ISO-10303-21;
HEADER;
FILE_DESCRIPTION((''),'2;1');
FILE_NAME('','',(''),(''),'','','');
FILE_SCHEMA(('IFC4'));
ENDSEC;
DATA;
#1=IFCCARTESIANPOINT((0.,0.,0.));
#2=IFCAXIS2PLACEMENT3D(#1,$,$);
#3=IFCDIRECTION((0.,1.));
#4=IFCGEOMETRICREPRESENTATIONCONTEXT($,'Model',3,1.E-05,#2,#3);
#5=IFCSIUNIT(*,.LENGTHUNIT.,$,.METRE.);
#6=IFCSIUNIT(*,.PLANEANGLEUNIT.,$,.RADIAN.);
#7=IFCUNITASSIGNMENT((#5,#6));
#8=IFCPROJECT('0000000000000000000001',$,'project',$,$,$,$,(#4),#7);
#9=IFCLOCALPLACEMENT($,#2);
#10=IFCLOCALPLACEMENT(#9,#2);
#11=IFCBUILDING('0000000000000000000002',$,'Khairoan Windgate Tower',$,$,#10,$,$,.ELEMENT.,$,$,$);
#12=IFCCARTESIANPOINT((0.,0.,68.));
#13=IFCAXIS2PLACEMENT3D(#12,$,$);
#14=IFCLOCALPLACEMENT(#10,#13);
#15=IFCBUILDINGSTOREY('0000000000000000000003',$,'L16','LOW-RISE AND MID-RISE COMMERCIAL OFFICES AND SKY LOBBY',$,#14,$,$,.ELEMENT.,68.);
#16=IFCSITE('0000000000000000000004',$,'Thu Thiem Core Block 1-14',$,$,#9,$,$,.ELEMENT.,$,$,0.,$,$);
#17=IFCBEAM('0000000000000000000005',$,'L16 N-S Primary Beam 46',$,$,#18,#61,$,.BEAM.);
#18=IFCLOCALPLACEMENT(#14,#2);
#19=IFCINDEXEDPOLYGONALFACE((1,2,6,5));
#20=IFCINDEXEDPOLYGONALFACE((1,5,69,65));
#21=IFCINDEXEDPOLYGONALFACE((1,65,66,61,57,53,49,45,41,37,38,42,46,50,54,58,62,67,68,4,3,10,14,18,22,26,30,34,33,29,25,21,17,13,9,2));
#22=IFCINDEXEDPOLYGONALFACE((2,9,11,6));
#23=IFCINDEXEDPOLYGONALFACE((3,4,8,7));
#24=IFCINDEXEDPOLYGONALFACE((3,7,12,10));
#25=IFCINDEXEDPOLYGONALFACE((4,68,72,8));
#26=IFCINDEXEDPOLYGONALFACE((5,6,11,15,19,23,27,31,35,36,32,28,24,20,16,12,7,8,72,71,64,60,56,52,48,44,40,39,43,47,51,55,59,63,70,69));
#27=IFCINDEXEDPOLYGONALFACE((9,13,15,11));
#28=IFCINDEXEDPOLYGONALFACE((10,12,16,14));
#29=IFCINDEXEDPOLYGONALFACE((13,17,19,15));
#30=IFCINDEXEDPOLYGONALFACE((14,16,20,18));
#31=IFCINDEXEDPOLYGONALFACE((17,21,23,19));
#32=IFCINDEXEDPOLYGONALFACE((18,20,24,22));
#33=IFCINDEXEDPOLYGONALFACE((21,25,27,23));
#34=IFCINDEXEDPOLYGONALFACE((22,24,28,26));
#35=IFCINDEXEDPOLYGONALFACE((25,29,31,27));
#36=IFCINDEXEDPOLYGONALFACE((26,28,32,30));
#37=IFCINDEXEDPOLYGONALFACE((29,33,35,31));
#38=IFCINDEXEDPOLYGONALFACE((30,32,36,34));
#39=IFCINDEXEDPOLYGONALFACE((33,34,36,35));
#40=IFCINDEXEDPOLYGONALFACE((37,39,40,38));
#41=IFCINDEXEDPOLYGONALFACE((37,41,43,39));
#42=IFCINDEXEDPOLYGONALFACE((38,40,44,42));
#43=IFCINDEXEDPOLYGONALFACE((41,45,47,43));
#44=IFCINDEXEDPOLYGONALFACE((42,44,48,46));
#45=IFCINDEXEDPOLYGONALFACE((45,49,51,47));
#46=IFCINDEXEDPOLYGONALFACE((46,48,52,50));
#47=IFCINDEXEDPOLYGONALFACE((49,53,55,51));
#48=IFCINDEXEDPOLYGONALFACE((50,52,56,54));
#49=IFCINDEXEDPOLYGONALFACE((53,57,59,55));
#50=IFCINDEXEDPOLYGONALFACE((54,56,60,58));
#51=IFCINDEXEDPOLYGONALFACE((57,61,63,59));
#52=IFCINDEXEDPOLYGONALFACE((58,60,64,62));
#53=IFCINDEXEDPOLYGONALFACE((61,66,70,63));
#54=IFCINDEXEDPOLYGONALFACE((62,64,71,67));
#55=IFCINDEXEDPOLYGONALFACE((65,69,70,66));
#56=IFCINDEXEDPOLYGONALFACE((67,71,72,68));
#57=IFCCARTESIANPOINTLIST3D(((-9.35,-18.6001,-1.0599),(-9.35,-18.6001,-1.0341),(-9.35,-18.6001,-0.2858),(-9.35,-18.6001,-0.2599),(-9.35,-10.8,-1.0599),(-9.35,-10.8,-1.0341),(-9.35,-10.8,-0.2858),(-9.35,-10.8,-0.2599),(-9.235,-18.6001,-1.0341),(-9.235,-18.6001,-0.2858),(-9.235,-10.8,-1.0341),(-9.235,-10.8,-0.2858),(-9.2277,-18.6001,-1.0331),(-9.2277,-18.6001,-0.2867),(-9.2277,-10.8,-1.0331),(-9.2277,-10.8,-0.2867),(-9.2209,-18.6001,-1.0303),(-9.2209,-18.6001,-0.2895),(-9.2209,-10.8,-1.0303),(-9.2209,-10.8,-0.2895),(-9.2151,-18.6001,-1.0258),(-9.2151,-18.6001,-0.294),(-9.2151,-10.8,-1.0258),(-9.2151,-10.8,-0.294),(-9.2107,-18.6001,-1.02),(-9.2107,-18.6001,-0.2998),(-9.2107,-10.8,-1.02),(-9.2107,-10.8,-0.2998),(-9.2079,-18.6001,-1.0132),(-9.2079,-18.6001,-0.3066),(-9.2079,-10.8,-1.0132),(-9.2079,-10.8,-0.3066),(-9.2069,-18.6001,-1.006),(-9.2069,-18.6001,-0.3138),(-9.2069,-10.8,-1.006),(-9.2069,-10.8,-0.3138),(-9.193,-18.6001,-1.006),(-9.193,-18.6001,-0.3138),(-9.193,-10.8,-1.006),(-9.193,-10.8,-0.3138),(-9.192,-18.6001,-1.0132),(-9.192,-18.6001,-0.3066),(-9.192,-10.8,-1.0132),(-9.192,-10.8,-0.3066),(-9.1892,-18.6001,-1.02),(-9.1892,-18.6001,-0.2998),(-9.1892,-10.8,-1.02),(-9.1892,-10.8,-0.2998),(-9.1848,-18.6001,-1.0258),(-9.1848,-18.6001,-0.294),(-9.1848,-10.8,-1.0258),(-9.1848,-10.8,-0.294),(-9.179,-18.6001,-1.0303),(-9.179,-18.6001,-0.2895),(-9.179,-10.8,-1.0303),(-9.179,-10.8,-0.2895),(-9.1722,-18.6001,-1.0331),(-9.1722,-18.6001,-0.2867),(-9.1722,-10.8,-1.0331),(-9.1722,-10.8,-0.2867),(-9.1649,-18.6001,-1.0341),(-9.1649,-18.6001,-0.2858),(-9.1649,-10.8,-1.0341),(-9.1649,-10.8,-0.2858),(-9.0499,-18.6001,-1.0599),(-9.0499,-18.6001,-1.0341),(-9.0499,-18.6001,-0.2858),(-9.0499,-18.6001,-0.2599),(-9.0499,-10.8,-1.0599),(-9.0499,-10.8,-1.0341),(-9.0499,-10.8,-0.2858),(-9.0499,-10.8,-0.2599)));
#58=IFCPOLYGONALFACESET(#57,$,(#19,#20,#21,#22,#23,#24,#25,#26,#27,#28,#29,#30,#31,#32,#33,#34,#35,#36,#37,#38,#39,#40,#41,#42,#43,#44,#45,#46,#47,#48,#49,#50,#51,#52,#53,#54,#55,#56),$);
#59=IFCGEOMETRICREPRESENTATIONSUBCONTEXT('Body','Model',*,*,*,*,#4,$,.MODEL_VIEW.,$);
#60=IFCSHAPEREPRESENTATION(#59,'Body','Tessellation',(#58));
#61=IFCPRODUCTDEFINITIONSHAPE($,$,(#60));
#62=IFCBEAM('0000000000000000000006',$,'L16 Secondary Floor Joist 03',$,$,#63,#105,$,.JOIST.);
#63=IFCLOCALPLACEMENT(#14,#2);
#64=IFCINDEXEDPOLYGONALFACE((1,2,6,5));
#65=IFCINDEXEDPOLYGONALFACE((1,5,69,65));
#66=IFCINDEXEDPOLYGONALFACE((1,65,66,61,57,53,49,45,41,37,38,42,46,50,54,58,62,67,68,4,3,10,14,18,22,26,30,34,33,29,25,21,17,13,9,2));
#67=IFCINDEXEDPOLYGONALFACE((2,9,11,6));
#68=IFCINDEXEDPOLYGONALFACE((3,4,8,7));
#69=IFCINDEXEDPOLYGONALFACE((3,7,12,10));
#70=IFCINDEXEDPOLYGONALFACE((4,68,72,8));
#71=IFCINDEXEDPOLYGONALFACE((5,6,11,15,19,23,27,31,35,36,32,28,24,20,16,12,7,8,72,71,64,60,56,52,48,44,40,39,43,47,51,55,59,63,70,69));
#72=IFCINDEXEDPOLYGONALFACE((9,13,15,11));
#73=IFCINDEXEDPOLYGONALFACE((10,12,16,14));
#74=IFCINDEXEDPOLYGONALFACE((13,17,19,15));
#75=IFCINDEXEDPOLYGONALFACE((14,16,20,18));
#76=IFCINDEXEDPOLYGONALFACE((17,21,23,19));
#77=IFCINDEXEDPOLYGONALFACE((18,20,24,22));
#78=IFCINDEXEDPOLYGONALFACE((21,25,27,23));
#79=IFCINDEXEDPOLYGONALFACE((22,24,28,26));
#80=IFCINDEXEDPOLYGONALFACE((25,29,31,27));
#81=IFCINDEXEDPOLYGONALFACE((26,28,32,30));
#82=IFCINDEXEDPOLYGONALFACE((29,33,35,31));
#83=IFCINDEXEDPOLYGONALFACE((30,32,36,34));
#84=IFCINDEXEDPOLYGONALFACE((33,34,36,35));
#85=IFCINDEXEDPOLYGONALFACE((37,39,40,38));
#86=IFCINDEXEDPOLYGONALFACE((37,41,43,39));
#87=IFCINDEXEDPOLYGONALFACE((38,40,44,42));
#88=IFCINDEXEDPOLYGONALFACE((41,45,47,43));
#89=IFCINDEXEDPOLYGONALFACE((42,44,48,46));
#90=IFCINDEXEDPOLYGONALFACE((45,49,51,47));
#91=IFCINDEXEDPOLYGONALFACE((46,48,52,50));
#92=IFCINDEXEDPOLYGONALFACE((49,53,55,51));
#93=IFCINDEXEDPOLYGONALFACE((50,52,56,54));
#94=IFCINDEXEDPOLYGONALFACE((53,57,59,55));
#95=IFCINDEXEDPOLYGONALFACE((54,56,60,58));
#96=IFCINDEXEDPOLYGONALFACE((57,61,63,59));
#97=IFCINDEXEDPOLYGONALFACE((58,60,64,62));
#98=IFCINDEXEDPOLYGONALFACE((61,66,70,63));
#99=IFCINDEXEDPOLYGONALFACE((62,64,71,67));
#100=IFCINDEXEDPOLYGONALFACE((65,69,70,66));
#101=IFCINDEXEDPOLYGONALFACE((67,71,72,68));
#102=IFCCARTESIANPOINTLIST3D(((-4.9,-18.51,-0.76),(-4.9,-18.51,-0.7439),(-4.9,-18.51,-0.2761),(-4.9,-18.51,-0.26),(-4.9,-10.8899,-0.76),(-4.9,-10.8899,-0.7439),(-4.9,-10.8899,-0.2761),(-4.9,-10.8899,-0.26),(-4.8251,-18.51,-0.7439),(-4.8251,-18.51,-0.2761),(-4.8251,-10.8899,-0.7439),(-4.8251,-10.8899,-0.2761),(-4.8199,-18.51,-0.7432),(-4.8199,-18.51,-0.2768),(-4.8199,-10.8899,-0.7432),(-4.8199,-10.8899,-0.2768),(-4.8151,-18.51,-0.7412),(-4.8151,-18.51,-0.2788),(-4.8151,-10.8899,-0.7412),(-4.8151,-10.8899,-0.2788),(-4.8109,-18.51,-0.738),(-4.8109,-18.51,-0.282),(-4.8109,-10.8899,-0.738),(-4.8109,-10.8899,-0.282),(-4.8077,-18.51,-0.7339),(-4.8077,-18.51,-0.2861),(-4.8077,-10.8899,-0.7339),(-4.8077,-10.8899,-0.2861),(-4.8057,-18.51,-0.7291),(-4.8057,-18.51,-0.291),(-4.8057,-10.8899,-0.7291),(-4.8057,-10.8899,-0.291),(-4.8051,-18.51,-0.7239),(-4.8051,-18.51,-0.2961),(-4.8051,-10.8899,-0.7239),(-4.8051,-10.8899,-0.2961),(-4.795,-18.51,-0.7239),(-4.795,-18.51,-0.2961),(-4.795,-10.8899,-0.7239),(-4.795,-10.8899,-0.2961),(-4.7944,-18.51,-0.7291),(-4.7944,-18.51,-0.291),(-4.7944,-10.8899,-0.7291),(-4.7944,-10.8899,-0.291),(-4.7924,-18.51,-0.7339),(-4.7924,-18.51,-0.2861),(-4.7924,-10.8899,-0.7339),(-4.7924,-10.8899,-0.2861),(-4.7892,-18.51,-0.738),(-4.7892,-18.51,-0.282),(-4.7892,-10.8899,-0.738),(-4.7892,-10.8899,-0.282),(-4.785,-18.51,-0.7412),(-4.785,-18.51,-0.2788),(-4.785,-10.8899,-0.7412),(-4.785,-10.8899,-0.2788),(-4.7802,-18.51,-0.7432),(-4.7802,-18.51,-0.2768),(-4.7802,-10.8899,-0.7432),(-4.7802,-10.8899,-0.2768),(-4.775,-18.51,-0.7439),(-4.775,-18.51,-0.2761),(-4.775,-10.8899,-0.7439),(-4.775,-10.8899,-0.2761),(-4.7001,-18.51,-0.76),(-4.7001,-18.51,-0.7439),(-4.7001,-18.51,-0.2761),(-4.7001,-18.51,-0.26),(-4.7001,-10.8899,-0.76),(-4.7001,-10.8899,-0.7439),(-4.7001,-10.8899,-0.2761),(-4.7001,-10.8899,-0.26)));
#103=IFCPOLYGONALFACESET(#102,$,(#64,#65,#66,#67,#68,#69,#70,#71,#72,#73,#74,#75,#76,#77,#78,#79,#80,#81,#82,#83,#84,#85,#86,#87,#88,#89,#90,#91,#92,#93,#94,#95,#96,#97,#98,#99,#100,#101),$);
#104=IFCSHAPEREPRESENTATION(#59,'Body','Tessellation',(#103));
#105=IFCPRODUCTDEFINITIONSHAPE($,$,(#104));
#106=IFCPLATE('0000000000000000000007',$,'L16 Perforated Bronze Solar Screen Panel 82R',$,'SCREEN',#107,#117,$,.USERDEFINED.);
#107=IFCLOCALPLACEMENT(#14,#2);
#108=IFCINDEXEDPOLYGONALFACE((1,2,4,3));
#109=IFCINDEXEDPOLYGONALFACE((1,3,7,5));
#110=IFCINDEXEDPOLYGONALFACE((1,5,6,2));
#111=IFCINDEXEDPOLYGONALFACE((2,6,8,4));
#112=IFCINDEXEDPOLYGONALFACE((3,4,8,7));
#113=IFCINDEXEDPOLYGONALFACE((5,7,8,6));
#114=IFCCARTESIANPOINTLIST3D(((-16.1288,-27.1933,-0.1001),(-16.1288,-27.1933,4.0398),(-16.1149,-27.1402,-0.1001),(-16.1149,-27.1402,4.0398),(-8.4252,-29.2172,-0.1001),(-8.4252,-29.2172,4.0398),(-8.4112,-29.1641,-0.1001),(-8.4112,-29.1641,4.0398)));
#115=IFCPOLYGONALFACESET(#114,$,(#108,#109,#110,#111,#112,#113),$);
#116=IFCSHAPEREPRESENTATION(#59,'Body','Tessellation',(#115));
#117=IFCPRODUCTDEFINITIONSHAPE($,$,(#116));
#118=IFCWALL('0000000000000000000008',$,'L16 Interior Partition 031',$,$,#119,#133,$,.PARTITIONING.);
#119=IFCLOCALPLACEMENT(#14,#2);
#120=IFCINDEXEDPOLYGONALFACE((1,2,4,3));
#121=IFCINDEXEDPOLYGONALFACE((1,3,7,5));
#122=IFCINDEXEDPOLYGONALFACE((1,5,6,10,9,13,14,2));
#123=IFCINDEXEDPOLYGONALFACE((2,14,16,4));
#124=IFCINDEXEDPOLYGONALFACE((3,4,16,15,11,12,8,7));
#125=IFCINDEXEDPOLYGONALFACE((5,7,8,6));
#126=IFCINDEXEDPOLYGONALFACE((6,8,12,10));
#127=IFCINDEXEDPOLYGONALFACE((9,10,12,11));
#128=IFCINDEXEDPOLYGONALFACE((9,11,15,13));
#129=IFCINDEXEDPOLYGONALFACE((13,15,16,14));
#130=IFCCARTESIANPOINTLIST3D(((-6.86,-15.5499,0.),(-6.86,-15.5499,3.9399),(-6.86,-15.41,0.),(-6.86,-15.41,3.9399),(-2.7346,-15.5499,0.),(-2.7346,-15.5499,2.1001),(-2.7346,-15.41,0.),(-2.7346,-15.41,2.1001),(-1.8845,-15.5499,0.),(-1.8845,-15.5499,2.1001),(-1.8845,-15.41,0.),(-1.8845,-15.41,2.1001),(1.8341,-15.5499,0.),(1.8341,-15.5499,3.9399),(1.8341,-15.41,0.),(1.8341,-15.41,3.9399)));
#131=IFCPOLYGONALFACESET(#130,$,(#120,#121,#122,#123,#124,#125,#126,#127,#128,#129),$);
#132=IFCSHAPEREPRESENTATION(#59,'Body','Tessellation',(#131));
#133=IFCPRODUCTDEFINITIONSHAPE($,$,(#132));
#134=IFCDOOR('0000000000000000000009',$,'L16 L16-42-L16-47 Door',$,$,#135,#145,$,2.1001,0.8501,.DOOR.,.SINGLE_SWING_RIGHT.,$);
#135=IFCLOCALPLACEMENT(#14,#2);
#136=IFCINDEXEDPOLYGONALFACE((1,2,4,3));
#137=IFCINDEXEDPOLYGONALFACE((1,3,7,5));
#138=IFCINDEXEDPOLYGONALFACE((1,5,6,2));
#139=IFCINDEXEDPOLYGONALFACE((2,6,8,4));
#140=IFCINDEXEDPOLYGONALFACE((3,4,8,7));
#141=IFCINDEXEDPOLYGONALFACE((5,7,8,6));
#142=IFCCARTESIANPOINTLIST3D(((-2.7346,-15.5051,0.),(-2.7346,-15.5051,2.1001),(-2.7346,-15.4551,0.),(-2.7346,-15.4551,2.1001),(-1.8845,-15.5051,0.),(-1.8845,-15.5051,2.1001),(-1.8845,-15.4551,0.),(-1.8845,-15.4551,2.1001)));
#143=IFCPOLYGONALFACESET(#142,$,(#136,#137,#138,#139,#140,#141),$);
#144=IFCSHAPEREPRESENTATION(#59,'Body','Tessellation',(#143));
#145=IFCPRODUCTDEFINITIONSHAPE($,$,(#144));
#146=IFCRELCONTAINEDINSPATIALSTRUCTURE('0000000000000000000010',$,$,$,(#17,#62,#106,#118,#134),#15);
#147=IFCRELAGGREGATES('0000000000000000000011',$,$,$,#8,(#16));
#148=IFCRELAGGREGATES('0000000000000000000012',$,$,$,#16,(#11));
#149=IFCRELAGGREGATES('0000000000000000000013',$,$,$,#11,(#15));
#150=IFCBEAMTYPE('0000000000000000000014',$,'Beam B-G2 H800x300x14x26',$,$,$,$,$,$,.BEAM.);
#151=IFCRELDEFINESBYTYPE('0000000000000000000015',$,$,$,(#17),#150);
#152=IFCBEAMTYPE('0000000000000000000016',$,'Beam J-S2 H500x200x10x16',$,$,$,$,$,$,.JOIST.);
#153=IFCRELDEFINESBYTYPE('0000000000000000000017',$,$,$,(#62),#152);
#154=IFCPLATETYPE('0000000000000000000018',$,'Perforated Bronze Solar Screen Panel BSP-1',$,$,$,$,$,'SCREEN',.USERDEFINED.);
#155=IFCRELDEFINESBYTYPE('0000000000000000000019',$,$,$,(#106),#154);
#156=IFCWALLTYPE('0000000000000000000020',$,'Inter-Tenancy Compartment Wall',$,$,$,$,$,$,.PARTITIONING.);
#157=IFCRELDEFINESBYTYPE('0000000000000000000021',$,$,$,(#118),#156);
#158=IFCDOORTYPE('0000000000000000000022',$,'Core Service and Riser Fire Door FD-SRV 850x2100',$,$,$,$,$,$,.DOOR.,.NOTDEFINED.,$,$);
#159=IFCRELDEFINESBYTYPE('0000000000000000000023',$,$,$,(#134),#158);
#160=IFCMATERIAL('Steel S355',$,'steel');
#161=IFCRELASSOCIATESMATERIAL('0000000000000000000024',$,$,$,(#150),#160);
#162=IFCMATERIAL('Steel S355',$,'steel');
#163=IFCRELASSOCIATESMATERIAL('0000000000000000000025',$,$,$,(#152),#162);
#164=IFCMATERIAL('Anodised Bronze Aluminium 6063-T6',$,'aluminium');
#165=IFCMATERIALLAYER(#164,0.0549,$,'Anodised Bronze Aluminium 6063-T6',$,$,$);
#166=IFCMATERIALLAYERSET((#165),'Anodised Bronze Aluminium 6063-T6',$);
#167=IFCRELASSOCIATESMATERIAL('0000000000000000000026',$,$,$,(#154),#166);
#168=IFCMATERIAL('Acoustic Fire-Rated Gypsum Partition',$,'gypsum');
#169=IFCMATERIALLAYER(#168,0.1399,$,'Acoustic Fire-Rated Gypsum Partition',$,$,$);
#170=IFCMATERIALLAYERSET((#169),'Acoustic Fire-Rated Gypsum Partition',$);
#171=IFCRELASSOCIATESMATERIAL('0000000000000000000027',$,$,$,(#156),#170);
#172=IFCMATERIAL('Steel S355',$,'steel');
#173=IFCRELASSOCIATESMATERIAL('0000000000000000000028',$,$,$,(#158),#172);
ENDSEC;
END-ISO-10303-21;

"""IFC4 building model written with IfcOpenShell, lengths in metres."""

from ifc_helpers import new_model, si_unit, direction, frame, frame_2d, origin, origin_2d, place, context, subcontext, project, spatial, rectangle, i_section, extrude, material, layer, layer_set, material_profile, profile_set, type_object, element, fill, save


model = new_model("IFC4")

# Units and contexts
model_context = context("Model", 3, precision=1e-05, world=origin(), true_north=direction((0.0, 1.0)))
body_context = subcontext(model_context, "Body", "Model", "MODEL_VIEW")
ifc_project = project(units=[si_unit("LENGTHUNIT", "METRE"), si_unit("PLANEANGLEUNIT", "RADIAN")], contexts=[model_context])

# Site, building, storey
site_placement = place(None, origin())
site = spatial("IfcSite", under=ifc_project, at=site_placement, Name="Thu Thiem Core Block 1-14", CompositionType="ELEMENT", RefElevation=0.0)
building_placement = place(site_placement, origin())
building = spatial("IfcBuilding", under=site, at=building_placement, Name="Khairoan Windgate Tower", CompositionType="ELEMENT")
storey_placement = place(building_placement, frame((0.0, 0.0, 68.0)))
storey = spatial("IfcBuildingStorey", under=building, at=storey_placement, Name="L16", Description="LOW-RISE AND MID-RISE COMMERCIAL OFFICES AND SKY LOBBY", CompositionType="ELEMENT", Elevation=68.0)

# Beams
ifc_material_1 = material(Name="Steel S355", Category="steel")
ifc_material_profile_1 = material_profile(ifc_material_1, i_section(OverallWidth=0.3, OverallDepth=0.8, WebThickness=0.0139, FlangeThickness=0.0259, FilletRadius=0.0281, at=origin_2d()))
ifc_profile_set_1 = profile_set([ifc_material_profile_1], Name="Steel S355")
beam_type_1 = type_object("IfcBeamType", Name="Beam B-G2 H800x300x14x26", PredefinedType="BEAM", material=ifc_profile_set_1)
beam_1_placement = place(storey_placement, frame((-9.2, -18.6001, -0.6599), z_axis=(0.0, 1.0, 0.0), x_axis=(-1.0, 0.0, 0.0)))
element("IfcBeam", 1, at=beam_1_placement, inside=storey, type_object=beam_type_1, Name="L16 N-S Primary Beam 46", PredefinedType="BEAM", context=body_context, shape_type="SweptSolid", body=[
    extrude(i_section(OverallWidth=0.3, OverallDepth=0.8, WebThickness=0.0139, FlangeThickness=0.0259, FilletRadius=0.0281, at=origin_2d()), origin(), (0.0, 0.0, 1.0), 7.8),
])
ifc_material_2 = material(Name="Steel S355", Category="steel")
ifc_material_profile_2 = material_profile(ifc_material_2, i_section(OverallWidth=0.2, OverallDepth=0.5, WebThickness=0.01, FlangeThickness=0.0161, FilletRadius=0.02, at=origin_2d()))
ifc_profile_set_2 = profile_set([ifc_material_profile_2], Name="Steel S355")
beam_type_2 = type_object("IfcBeamType", Name="Beam J-S2 H500x200x10x16", PredefinedType="JOIST", material=ifc_profile_set_2)
beam_2_placement = place(storey_placement, frame((-4.8, -18.51, -0.51), z_axis=(0.0, 1.0, 0.0), x_axis=(-1.0, 0.0, 0.0)))
element("IfcBeam", 2, at=beam_2_placement, inside=storey, type_object=beam_type_2, Name="L16 Secondary Floor Joist 03", PredefinedType="JOIST", context=body_context, shape_type="SweptSolid", body=[
    extrude(i_section(OverallWidth=0.2, OverallDepth=0.5, WebThickness=0.01, FlangeThickness=0.0161, FilletRadius=0.02, at=origin_2d()), origin(), (0.0, 0.0, 1.0), 7.6201),
])

# Plate
ifc_material_3 = material(Name="Anodised Bronze Aluminium 6063-T6", Category="aluminium")
ifc_layer_1 = layer(ifc_material_3, 0.0549, Name="Anodised Bronze Aluminium 6063-T6")
ifc_layer_set_1 = layer_set([ifc_layer_1], Name="Anodised Bronze Aluminium 6063-T6")
plate_type = type_object("IfcPlateType", Name="Perforated Bronze Solar Screen Panel BSP-1", ElementType="SCREEN", PredefinedType="USERDEFINED", material=ifc_layer_set_1)
plate_placement = place(storey_placement, frame((-12.27, -28.1787, -0.1001), z_axis=(0.0, 0.0, 1.0), x_axis=(-0.967179, 0.254096, 0.0)))
element("IfcPlate", 3, at=plate_placement, inside=storey, type_object=plate_type, Name="L16 Perforated Bronze Solar Screen Panel 82R", ObjectType="SCREEN", PredefinedType="USERDEFINED", context=body_context, shape_type="SweptSolid", body=[
    extrude(rectangle(XDim=7.9651, YDim=0.0549, at=origin_2d()), origin(), (0.0, 0.0, 1.0), 4.1399),
])

# Wall, opening, door
ifc_material_4 = material(Name="Acoustic Fire-Rated Gypsum Partition", Category="gypsum")
ifc_layer_2 = layer(ifc_material_4, 0.1399, Name="Acoustic Fire-Rated Gypsum Partition")
ifc_layer_set_2 = layer_set([ifc_layer_2], Name="Acoustic Fire-Rated Gypsum Partition")
wall_type_1 = type_object("IfcWallType", Name="Inter-Tenancy Compartment Wall", PredefinedType="PARTITIONING", material=ifc_layer_set_2)
wall_1_placement = place(storey_placement, frame((-6.8601, -15.48, 0.0), z_axis=(0.0, 0.0, 1.0), x_axis=(1.0, 0.0, 0.0)))
wall_1 = element("IfcWall", 4, at=wall_1_placement, inside=storey, type_object=wall_type_1, Name="L16 Interior Partition 031", PredefinedType="PARTITIONING", context=body_context, shape_type="SweptSolid", body=[
    extrude(rectangle(XDim=8.6941, YDim=0.1399, at=frame_2d((4.3472, 0.0))), origin(), (0.0, 0.0, 1.0), 3.9399),
])
opening_1_placement = place(wall_1_placement, frame((4.1255, 0.0, 0.0)))
opening_1 = element("IfcOpeningElement", 5, at=opening_1_placement, cuts=wall_1, PredefinedType="OPENING", context=body_context, shape_type="SweptSolid", body=[
    extrude(rectangle(XDim=0.8501, YDim=2.1001, at=frame_2d((0.425, 1.05))), frame((0.0, 0.0798, 0.0), z_axis=(0.0, -1.0, 0.0), x_axis=(1.0, 0.0, 0.0)), (0.0, 0.0, 1.0), 0.1599),
])
ifc_material_5 = material(Name="Steel S355", Category="steel")
door_type_1 = type_object("IfcDoorType", Name="Core Service and Riser Fire Door FD-SRV 850x2100", OperationType="NOTDEFINED", PredefinedType="DOOR", material=ifc_material_5)
door_1_placement = place(opening_1_placement, origin())
door_1 = element("IfcDoor", 6, at=door_1_placement, inside=storey, type_object=door_type_1, Name="L16 L16-42-L16-47 Door", OperationType="SINGLE_SWING_RIGHT", OverallHeight=2.1001, OverallWidth=0.8501, PredefinedType="DOOR", context=body_context, shape_type="SweptSolid", body=[
    extrude(rectangle(XDim=0.8501, YDim=2.1001, at=frame_2d((0.425, 1.05))), frame((0.0, 0.0249, 0.0), z_axis=(0.0, -1.0, 0.0), x_axis=(1.0, 0.0, 0.0)), (0.0, 0.0, 1.0), 0.05),
])
fill(opening_1, door_1)

save(model, "model.ifc")
